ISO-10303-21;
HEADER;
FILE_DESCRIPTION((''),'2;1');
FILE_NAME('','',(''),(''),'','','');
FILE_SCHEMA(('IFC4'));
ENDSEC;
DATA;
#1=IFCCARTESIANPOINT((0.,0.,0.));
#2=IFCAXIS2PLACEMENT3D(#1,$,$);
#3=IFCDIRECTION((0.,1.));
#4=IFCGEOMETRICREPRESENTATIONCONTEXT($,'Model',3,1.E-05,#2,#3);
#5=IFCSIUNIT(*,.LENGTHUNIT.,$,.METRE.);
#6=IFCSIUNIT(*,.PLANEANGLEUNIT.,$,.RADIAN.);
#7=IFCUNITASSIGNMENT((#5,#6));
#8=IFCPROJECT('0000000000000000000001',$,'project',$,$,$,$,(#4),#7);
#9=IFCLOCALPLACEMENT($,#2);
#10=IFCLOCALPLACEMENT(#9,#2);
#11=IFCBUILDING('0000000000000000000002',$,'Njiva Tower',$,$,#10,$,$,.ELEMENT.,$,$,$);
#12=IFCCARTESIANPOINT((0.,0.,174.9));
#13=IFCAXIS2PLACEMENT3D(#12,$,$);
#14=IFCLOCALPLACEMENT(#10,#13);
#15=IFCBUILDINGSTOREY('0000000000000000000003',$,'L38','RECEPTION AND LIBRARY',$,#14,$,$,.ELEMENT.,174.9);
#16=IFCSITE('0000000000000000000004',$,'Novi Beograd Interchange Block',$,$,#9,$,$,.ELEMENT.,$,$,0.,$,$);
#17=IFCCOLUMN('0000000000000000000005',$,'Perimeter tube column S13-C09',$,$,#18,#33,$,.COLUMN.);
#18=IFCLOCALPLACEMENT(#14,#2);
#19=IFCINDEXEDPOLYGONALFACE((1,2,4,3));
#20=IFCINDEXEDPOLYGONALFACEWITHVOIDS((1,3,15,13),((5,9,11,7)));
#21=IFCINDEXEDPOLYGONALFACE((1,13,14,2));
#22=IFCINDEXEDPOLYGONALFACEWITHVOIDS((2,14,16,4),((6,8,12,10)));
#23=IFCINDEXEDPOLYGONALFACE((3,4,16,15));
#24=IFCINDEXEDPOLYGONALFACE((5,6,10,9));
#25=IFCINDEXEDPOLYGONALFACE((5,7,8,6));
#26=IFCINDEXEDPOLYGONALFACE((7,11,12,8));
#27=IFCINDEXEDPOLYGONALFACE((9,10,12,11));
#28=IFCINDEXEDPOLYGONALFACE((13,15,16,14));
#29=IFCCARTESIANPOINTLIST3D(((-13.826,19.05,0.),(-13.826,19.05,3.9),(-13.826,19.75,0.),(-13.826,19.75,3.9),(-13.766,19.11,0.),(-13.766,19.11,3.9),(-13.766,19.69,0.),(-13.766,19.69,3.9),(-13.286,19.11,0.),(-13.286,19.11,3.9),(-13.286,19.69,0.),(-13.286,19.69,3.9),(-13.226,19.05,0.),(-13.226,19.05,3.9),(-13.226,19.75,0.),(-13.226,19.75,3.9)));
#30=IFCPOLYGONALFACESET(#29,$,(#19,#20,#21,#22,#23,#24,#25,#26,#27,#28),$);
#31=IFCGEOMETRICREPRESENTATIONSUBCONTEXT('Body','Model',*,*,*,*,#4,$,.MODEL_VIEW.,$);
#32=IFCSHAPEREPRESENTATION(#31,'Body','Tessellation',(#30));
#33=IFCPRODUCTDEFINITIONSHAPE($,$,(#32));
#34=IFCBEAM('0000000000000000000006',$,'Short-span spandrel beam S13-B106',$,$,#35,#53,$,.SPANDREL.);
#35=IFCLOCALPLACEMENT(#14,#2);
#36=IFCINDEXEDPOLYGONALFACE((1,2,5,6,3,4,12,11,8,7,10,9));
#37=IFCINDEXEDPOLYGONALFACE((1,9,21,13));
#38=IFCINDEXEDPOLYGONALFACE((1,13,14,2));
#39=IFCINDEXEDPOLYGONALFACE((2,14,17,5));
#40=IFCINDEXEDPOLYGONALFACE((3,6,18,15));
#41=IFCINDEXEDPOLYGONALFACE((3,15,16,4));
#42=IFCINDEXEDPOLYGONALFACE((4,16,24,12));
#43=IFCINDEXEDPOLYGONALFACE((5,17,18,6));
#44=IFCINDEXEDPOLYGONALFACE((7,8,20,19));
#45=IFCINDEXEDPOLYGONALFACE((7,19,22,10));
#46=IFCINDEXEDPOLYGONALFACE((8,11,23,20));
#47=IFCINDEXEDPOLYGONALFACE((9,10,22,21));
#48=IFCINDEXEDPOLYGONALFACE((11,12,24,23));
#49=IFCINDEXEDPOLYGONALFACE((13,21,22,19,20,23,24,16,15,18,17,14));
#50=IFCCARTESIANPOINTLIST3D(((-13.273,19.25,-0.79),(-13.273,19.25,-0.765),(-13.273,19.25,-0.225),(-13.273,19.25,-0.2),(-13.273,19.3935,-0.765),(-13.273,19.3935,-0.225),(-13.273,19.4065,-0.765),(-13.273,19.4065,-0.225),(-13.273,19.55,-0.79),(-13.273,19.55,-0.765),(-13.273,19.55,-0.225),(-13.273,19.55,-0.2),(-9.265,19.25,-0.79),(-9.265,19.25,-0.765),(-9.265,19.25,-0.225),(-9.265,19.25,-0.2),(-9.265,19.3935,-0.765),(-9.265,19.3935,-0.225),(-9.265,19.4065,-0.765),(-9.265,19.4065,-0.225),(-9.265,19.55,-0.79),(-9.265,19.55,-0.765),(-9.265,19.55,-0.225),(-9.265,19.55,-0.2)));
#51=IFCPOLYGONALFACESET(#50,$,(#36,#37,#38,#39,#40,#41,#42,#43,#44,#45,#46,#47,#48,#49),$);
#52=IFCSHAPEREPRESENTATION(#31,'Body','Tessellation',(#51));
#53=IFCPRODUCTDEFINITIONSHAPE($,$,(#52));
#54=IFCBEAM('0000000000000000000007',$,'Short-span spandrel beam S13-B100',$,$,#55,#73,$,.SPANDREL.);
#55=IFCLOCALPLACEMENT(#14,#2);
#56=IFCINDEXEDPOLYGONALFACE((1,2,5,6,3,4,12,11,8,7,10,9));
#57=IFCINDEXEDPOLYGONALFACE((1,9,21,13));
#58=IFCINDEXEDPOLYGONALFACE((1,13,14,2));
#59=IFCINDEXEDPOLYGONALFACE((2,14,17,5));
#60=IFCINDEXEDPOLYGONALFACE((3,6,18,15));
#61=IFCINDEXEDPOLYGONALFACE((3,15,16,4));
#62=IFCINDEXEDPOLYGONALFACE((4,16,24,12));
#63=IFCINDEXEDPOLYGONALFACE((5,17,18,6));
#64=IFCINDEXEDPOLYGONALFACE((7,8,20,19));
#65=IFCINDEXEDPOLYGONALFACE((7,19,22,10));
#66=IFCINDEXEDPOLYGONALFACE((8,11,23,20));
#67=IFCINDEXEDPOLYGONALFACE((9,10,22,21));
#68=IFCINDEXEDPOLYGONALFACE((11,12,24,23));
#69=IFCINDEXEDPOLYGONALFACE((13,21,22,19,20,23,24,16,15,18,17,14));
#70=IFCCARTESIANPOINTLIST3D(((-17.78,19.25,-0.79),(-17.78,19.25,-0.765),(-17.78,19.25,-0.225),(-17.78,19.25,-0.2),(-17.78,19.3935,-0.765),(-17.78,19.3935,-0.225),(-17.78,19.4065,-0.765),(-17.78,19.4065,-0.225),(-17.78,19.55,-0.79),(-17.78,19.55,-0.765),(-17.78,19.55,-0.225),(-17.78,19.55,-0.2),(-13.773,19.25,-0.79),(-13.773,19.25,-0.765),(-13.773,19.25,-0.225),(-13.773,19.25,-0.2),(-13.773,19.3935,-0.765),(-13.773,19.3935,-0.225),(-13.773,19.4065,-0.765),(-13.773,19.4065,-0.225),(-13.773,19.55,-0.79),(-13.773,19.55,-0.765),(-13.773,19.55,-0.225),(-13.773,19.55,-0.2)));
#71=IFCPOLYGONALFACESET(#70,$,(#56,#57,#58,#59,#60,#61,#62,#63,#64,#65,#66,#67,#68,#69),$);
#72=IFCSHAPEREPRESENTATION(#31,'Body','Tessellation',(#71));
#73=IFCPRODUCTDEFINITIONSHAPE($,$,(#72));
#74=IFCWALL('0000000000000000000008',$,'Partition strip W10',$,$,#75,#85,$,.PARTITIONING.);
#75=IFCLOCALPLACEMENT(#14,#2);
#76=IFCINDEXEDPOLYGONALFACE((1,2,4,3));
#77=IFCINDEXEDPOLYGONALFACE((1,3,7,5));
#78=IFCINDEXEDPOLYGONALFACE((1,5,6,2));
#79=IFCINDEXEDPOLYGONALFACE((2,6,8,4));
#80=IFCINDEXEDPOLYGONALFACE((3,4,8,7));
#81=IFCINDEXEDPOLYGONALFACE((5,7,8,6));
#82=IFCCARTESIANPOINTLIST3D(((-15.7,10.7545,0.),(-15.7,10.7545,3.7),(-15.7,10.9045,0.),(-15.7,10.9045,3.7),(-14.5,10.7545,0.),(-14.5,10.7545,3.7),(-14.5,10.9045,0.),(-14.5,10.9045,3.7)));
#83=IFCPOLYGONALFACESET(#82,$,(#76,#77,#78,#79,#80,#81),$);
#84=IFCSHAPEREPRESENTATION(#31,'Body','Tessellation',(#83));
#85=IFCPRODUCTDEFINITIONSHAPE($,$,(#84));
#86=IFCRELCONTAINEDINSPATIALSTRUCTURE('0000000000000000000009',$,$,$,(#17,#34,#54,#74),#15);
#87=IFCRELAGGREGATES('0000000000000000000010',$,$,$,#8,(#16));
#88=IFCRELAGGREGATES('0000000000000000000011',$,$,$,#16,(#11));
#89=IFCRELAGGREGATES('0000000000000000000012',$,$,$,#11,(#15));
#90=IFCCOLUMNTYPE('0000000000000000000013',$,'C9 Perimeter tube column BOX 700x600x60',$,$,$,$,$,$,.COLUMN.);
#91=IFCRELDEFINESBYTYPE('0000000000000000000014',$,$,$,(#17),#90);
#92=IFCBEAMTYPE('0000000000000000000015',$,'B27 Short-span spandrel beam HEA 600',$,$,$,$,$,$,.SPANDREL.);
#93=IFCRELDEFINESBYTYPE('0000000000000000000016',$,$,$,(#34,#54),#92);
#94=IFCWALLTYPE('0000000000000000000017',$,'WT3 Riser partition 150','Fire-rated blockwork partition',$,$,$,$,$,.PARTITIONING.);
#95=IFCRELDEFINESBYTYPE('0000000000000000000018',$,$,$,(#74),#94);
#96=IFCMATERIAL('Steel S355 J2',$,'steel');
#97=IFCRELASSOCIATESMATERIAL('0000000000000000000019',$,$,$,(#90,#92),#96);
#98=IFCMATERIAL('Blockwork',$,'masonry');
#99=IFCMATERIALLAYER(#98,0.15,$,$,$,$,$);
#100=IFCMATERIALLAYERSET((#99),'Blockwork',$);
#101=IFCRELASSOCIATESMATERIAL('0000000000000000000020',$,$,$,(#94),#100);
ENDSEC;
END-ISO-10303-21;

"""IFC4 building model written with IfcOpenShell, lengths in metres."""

from ifc_helpers import new_model, si_unit, direction, frame, frame_2d, origin, origin_2d, place, context, subcontext, project, spatial, rectangle, hollow_rectangle, i_section, extrude, material, layer, layer_set, material_profile, profile_set, type_object, element, save


model = new_model("IFC4")

# Units and contexts
model_context = context("Model", 3, precision=1e-05, world=origin(), true_north=direction((0.0, 1.0)))
body_context = subcontext(model_context, "Body", "Model", "MODEL_VIEW")
ifc_project = project(units=[si_unit("LENGTHUNIT", "METRE"), si_unit("PLANEANGLEUNIT", "RADIAN")], contexts=[model_context])

# Site, building, storey
site_placement = place(None, origin())
site = spatial("IfcSite", under=ifc_project, at=site_placement, Name="Novi Beograd Interchange Block", CompositionType="ELEMENT", RefElevation=0.0)
building_placement = place(site_placement, origin())
building = spatial("IfcBuilding", under=site, at=building_placement, Name="Njiva Tower", CompositionType="ELEMENT")
storey_placement = place(building_placement, frame((0.0, 0.0, 174.9)))
storey = spatial("IfcBuildingStorey", under=building, at=storey_placement, Name="L38", Description="RECEPTION AND LIBRARY", CompositionType="ELEMENT", Elevation=174.9)

# Column
ifc_material_1 = material(Name="Steel S355 J2", Category="steel")
ifc_material_profile_1 = material_profile(ifc_material_1, hollow_rectangle(XDim=0.6, YDim=0.7, WallThickness=0.06, at=origin_2d()), Name="BOX 700x600x60")
ifc_profile_set_1 = profile_set([ifc_material_profile_1], Name="Steel S355 J2")
column_type = type_object("IfcColumnType", Name="C9 Perimeter tube column BOX 700x600x60", PredefinedType="COLUMN", material=ifc_profile_set_1)
column_placement = place(storey_placement, frame((-13.526, 19.4, 0.0), z_axis=(0.0, 0.0, 1.0), x_axis=(-1.0, 0.0, 0.0)))
element("IfcColumn", 1, at=column_placement, inside=storey, type_object=column_type, Name="Perimeter tube column S13-C09", PredefinedType="COLUMN", context=body_context, shape_type="SweptSolid", body=[
    extrude(hollow_rectangle(XDim=0.6, YDim=0.7, WallThickness=0.06, at=origin_2d()), origin(), (0.0, 0.0, 1.0), 3.9),
])

# Beams
ifc_material_profile_2 = material_profile(ifc_material_1, i_section(OverallWidth=0.3, OverallDepth=0.59, WebThickness=0.013, FlangeThickness=0.025, at=origin_2d()), Name="HEA 600")
ifc_profile_set_2 = profile_set([ifc_material_profile_2], Name="Steel S355 J2")
beam_type = type_object("IfcBeamType", Name="B27 Short-span spandrel beam HEA 600", PredefinedType="SPANDREL", material=ifc_profile_set_2)
beam_1_placement = place(storey_placement, frame((-9.265, 19.4, -0.495), z_axis=(-1.0, 0.0, 0.0), x_axis=(0.0, -1.0, 0.0)))
element("IfcBeam", 2, at=beam_1_placement, inside=storey, type_object=beam_type, Name="Short-span spandrel beam S13-B106", PredefinedType="SPANDREL", context=body_context, shape_type="SweptSolid", body=[
    extrude(i_section(OverallWidth=0.3, OverallDepth=0.59, WebThickness=0.013, FlangeThickness=0.025, at=origin_2d()), origin(), (0.0, 0.0, 1.0), 4.008),
])
beam_2_placement = place(storey_placement, frame((-13.773, 19.4, -0.495), z_axis=(-1.0, 0.0, 0.0), x_axis=(0.0, -1.0, 0.0)))
element("IfcBeam", 3, at=beam_2_placement, inside=storey, type_object=beam_type, Name="Short-span spandrel beam S13-B100", PredefinedType="SPANDREL", context=body_context, shape_type="SweptSolid", body=[
    extrude(i_section(OverallWidth=0.3, OverallDepth=0.59, WebThickness=0.013, FlangeThickness=0.025, at=origin_2d()), origin(), (0.0, 0.0, 1.0), 4.007),
])

# Wall
ifc_material_2 = material(Name="Blockwork", Category="masonry")
ifc_layer_1 = layer(ifc_material_2, 0.15)
ifc_layer_set_1 = layer_set([ifc_layer_1], Name="Blockwork")
wall_type_1 = type_object("IfcWallType", Name="WT3 Riser partition 150", Description="Fire-rated blockwork partition", PredefinedType="PARTITIONING", material=ifc_layer_set_1)
wall_1_placement = place(storey_placement, frame((-15.7, 10.8295, 0.0), z_axis=(0.0, 0.0, 1.0), x_axis=(1.0, 0.0, 0.0)))
element("IfcWall", 4, at=wall_1_placement, inside=storey, type_object=wall_type_1, Name="Partition strip W10", PredefinedType="PARTITIONING", context=body_context, shape_type="SweptSolid", body=[
    extrude(rectangle(XDim=1.2, YDim=0.15, at=frame_2d((0.6, 0.0))), origin(), (0.0, 0.0, 1.0), 3.7),
])

save(model, "model.ifc")
